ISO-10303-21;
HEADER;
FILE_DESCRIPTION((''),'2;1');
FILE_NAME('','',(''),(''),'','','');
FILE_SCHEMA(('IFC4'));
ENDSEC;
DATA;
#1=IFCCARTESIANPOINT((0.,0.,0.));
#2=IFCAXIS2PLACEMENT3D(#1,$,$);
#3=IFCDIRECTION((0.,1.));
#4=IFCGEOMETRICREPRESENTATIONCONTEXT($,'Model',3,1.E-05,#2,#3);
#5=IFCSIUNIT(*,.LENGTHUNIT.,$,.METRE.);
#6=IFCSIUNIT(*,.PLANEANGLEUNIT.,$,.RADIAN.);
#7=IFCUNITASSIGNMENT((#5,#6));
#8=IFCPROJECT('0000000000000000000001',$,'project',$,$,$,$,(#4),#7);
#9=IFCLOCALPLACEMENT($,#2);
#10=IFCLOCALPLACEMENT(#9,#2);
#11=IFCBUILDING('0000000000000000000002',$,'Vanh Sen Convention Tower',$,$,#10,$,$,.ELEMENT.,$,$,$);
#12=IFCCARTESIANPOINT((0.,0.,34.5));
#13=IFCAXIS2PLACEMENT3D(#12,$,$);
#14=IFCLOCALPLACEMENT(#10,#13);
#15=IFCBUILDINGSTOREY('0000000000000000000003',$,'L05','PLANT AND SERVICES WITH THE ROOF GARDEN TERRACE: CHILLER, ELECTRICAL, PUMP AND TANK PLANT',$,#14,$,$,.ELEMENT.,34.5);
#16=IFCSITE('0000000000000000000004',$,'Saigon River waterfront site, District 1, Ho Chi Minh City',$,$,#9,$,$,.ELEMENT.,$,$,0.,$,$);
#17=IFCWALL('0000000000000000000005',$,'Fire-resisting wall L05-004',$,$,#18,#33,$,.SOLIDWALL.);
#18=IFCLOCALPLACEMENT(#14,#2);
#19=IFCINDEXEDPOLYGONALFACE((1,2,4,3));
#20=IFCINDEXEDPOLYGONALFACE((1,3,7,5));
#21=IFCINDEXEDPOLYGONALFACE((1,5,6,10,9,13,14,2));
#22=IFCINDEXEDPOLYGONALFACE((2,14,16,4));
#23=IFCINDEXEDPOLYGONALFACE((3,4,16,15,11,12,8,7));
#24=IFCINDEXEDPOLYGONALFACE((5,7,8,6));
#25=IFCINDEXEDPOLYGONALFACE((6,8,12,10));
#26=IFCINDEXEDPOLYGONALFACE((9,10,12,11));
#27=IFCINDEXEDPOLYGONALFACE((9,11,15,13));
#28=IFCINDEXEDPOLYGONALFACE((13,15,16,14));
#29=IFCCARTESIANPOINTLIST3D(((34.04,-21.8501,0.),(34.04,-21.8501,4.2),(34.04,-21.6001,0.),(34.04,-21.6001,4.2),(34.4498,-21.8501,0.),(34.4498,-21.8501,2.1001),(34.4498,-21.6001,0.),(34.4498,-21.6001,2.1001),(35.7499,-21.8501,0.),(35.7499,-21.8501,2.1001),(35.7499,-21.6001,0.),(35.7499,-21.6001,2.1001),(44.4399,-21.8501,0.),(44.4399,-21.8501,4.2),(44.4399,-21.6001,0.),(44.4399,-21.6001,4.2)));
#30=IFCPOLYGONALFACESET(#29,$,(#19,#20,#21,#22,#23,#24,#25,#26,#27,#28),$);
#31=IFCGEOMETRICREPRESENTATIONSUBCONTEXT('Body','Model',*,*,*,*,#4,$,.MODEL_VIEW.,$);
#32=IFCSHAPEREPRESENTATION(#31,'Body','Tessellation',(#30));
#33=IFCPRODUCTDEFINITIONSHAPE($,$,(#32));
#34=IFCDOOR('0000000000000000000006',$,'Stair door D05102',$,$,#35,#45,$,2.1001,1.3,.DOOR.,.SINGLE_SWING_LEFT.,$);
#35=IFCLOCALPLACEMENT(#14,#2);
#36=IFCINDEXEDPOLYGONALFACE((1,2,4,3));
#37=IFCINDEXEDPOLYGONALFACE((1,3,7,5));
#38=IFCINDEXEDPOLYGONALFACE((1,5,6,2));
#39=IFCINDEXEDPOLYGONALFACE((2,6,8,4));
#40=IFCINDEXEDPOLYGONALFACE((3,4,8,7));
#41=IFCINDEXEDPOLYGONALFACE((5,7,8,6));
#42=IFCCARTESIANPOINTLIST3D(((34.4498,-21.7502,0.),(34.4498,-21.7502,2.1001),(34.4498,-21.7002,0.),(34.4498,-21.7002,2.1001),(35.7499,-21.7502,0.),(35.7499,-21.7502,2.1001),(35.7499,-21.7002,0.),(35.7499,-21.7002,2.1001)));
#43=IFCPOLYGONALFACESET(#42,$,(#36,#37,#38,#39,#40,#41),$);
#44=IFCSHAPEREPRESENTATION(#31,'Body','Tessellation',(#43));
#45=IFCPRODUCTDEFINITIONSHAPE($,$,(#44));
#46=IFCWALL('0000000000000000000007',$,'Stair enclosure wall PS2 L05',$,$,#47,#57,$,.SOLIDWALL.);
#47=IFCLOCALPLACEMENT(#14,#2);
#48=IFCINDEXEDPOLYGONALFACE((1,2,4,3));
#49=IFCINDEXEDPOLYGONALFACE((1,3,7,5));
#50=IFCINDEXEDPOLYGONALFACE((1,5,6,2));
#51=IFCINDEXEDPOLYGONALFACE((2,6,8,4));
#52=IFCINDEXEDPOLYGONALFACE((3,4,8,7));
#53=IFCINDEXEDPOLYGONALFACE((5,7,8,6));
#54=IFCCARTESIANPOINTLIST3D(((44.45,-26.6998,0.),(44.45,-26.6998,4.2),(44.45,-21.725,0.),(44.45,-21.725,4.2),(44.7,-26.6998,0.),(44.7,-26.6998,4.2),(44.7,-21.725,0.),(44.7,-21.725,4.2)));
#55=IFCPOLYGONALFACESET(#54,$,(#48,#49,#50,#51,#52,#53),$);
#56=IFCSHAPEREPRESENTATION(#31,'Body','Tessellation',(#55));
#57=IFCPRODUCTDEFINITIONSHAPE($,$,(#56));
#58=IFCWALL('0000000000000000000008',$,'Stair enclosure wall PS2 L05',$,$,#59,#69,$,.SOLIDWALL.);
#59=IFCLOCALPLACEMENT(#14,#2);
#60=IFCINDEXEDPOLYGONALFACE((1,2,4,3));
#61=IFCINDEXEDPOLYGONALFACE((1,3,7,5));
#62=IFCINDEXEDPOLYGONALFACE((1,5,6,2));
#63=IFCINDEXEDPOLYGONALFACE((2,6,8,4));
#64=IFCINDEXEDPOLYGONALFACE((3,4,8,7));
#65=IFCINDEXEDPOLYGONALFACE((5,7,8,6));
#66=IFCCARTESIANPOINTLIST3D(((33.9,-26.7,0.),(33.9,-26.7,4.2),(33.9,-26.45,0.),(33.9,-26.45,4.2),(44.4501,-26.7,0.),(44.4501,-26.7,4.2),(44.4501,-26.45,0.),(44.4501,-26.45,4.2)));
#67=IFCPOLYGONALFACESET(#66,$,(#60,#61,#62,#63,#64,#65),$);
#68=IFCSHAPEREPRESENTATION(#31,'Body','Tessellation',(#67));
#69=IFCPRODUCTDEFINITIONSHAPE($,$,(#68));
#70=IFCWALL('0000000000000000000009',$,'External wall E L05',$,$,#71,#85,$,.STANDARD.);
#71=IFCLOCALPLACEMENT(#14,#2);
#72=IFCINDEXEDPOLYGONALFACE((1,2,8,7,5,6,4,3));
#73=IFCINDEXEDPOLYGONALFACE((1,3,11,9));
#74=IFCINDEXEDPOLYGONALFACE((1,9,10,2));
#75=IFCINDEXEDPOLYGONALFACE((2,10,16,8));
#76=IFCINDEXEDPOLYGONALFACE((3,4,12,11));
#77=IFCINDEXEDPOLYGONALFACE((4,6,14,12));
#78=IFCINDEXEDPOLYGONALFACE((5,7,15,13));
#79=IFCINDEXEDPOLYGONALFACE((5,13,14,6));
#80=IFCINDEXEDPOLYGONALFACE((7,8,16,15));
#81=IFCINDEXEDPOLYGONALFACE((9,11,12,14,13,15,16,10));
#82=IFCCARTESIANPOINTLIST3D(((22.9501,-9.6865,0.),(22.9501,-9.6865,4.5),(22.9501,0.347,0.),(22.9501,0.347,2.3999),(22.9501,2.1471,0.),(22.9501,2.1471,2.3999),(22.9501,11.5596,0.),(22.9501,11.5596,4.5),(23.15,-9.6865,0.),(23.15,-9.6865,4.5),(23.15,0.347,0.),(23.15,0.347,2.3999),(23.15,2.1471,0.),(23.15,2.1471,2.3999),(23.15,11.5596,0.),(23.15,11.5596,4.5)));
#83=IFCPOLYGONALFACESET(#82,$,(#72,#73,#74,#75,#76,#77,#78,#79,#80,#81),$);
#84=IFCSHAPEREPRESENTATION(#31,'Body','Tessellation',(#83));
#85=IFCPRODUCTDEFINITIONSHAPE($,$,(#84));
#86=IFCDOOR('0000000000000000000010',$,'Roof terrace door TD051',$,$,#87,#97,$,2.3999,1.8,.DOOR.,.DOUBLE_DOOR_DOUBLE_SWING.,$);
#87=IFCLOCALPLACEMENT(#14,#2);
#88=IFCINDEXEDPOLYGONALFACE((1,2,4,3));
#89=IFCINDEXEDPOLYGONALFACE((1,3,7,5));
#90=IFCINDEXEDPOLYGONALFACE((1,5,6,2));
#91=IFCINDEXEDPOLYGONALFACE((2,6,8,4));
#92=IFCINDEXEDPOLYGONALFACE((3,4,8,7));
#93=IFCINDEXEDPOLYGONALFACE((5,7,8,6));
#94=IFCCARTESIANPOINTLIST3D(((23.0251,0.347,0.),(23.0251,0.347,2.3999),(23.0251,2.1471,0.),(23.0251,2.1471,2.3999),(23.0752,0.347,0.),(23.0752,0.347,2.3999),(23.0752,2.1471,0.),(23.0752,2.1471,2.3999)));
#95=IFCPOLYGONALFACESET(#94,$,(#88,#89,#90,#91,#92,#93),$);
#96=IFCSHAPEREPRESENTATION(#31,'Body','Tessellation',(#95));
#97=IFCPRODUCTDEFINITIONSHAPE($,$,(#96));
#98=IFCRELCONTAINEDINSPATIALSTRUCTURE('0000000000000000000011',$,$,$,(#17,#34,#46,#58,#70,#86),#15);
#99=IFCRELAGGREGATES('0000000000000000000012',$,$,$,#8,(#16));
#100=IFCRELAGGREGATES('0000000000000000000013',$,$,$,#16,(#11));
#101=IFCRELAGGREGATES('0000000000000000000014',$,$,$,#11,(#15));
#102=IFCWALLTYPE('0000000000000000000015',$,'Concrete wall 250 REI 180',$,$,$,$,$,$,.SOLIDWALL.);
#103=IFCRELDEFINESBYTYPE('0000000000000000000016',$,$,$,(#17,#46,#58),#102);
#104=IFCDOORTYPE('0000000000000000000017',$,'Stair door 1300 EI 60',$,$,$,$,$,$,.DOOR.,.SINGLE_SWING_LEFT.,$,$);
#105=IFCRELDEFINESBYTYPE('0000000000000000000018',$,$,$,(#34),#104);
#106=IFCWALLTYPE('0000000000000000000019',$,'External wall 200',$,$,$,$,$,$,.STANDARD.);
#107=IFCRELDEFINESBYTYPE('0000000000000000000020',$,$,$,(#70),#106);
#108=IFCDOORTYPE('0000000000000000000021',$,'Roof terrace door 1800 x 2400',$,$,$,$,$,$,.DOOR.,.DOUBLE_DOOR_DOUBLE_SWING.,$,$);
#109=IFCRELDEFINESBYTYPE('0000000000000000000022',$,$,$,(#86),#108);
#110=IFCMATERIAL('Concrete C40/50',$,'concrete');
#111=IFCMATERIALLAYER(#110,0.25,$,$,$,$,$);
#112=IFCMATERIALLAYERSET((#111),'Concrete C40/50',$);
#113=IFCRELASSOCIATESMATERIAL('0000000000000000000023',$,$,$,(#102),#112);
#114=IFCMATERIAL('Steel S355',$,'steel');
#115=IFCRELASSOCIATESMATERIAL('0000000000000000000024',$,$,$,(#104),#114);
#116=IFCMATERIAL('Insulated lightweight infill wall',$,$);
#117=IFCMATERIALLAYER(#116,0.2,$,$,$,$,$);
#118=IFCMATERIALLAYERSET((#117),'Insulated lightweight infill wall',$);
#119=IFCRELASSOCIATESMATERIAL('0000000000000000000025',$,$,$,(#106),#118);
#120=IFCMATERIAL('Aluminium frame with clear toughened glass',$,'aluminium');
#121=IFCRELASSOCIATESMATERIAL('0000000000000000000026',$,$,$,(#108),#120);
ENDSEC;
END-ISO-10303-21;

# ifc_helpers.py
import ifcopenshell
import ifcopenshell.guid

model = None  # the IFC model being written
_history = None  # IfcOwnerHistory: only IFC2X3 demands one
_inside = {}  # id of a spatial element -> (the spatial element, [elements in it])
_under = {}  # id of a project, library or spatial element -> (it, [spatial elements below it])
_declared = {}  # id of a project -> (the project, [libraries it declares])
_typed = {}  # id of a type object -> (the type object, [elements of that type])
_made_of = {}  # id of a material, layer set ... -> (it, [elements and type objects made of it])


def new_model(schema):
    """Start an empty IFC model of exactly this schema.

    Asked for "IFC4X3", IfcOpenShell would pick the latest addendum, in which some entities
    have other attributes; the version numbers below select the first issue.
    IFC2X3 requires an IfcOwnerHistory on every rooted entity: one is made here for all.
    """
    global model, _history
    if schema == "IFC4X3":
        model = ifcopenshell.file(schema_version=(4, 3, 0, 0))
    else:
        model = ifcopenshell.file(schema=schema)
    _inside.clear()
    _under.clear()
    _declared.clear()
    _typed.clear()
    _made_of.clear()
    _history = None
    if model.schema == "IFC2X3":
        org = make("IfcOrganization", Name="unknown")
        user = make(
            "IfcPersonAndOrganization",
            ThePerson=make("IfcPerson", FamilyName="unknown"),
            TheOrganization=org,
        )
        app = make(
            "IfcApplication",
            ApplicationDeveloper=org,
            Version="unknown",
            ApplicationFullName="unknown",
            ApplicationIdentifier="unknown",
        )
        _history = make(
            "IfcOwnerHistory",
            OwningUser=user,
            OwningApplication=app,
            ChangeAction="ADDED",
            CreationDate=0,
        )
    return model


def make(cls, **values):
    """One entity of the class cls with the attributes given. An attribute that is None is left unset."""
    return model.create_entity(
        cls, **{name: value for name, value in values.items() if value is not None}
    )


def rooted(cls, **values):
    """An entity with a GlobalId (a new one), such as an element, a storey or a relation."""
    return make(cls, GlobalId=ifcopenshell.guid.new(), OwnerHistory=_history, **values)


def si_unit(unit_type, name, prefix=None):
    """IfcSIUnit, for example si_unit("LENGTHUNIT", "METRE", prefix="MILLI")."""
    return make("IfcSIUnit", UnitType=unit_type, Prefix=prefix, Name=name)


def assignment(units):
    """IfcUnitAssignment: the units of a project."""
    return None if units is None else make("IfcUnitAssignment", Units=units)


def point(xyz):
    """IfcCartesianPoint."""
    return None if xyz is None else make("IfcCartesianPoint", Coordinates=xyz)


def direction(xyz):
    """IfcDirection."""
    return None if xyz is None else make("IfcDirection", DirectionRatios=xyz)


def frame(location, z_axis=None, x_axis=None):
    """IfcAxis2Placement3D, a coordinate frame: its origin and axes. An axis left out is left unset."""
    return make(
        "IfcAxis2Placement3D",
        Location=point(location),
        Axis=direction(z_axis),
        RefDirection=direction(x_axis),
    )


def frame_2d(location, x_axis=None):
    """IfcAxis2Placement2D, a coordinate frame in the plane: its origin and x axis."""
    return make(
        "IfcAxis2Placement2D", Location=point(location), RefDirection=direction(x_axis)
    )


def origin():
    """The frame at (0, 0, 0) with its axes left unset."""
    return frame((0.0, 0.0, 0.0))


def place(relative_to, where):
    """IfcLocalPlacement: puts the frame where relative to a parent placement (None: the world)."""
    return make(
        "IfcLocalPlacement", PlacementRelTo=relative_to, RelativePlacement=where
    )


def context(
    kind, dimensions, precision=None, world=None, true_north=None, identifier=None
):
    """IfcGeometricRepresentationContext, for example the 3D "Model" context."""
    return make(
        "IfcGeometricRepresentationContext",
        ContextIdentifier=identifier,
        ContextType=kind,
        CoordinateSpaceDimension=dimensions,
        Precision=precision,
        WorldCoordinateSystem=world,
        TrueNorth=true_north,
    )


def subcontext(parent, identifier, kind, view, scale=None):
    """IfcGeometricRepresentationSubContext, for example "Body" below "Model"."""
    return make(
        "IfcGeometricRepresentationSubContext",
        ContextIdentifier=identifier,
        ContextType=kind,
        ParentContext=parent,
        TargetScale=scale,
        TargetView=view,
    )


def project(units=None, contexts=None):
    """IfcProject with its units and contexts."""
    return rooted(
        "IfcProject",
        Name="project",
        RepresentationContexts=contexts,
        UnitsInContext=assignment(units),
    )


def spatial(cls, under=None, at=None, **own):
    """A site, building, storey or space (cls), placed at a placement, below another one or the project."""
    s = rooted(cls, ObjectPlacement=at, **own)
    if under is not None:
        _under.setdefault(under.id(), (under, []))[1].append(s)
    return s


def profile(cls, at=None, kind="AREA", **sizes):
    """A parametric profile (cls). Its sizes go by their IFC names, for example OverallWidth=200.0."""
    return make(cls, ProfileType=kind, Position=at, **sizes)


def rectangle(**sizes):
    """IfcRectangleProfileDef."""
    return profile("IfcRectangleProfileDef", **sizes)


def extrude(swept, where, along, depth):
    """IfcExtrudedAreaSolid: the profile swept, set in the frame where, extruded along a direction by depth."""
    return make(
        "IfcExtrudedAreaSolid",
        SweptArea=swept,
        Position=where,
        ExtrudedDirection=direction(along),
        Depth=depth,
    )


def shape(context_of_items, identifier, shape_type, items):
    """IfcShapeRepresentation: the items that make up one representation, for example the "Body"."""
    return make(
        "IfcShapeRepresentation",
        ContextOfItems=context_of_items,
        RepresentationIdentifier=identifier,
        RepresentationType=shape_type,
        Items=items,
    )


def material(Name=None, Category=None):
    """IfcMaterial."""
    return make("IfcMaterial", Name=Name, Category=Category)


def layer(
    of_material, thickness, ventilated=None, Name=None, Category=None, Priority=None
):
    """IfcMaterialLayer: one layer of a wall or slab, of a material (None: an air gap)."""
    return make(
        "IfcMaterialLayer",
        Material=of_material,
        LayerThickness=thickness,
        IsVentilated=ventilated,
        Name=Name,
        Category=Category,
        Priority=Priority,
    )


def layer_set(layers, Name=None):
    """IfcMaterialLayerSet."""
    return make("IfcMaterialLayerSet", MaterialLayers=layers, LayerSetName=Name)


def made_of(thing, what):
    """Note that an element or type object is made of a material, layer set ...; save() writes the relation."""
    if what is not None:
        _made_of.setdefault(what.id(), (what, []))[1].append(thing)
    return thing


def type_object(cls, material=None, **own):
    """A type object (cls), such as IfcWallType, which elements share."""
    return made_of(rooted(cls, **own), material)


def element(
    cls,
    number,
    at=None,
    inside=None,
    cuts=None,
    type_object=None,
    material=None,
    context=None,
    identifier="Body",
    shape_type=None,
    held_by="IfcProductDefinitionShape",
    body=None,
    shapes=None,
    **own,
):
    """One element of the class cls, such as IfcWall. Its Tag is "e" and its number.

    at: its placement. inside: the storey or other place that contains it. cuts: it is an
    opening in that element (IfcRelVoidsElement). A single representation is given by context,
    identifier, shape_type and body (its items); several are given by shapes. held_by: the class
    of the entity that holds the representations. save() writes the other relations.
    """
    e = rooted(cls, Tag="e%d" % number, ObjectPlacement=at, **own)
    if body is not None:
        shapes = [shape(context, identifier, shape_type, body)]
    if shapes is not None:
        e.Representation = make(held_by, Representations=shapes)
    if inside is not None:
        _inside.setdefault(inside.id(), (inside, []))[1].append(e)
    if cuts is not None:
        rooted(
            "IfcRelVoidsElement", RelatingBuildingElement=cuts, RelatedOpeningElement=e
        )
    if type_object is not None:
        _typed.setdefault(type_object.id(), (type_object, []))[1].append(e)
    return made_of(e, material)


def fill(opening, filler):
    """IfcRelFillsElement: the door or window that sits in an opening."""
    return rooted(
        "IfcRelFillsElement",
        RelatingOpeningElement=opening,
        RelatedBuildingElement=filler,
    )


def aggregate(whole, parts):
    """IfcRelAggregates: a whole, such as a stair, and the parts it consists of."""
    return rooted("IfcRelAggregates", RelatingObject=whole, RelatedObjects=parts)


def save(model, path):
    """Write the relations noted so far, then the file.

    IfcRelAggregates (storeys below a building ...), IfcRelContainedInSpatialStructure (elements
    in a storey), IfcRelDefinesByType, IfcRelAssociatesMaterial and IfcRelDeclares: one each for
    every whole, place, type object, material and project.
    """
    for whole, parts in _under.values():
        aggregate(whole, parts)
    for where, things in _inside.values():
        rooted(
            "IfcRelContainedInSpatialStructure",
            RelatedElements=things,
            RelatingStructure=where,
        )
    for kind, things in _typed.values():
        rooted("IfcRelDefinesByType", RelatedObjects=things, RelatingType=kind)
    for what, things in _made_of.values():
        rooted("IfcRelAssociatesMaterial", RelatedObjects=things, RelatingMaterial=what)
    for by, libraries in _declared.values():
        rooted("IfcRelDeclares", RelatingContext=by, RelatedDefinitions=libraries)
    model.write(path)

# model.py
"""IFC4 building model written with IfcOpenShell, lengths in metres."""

from ifc_helpers import new_model, si_unit, direction, frame, frame_2d, origin, place, context, subcontext, project, spatial, rectangle, extrude, material, layer, layer_set, type_object, element, fill, save


model = new_model("IFC4")

# Units and contexts
model_context = context("Model", 3, precision=1e-05, world=origin(), true_north=direction((0.0, 1.0)))
body_context = subcontext(model_context, "Body", "Model", "MODEL_VIEW")
ifc_project = project(units=[si_unit("LENGTHUNIT", "METRE"), si_unit("PLANEANGLEUNIT", "RADIAN")], contexts=[model_context])

# Site, building, storey
site_placement = place(None, origin())
site = spatial("IfcSite", under=ifc_project, at=site_placement, Name="Saigon River waterfront site, District 1, Ho Chi Minh City", CompositionType="ELEMENT", RefElevation=0.0)
building_placement = place(site_placement, origin())
building = spatial("IfcBuilding", under=site, at=building_placement, Name="Vanh Sen Convention Tower", CompositionType="ELEMENT")
storey_placement = place(building_placement, frame((0.0, 0.0, 34.5)))
storey = spatial("IfcBuildingStorey", under=building, at=storey_placement, Name="L05", Description="PLANT AND SERVICES WITH THE ROOF GARDEN TERRACE: CHILLER, ELECTRICAL, PUMP AND TANK PLANT", CompositionType="ELEMENT", Elevation=34.5)

# Shared definitions
ifc_material_1 = material(Name="Concrete C40/50", Category="concrete")
ifc_layer_1 = layer(ifc_material_1, 0.25)
ifc_layer_set_1 = layer_set([ifc_layer_1], Name="Concrete C40/50")
wall_type_1 = type_object("IfcWallType", Name="Concrete wall 250 REI 180", PredefinedType="SOLIDWALL", material=ifc_layer_set_1)

# Wall, opening, door
wall_1_placement = place(storey_placement, frame((34.04, -21.7251, 0.0), z_axis=(0.0, 0.0, 1.0), x_axis=(1.0, 0.0, 0.0)))
wall_1 = element("IfcWall", 1, at=wall_1_placement, inside=storey, type_object=wall_type_1, Name="Fire-resisting wall L05-004", PredefinedType="SOLIDWALL", context=body_context, shape_type="SweptSolid", body=[
    extrude(rectangle(XDim=10.3999, YDim=0.25, at=frame_2d((5.2, 0.0))), origin(), (0.0, 0.0, 1.0), 4.2),
])
opening_1_placement = place(wall_1_placement, frame((0.4099, 0.0, 0.0)))
opening_1 = element("IfcOpeningElement", 2, at=opening_1_placement, cuts=wall_1, PredefinedType="OPENING", context=body_context, shape_type="SweptSolid", body=[
    extrude(rectangle(XDim=1.3, YDim=2.1001, at=frame_2d((0.6499, 1.05))), frame((0.0, 0.135, 0.0), z_axis=(0.0, -1.0, 0.0), x_axis=(1.0, 0.0, 0.0)), (0.0, 0.0, 1.0), 0.27),
])
ifc_material_2 = material(Name="Steel S355", Category="steel")
door_type_1 = type_object("IfcDoorType", Name="Stair door 1300 EI 60", OperationType="SINGLE_SWING_LEFT", PredefinedType="DOOR", material=ifc_material_2)
door_1_placement = place(opening_1_placement, origin())
door_1 = element("IfcDoor", 3, at=door_1_placement, inside=storey, type_object=door_type_1, Name="Stair door D05102", OperationType="SINGLE_SWING_LEFT", OverallHeight=2.1001, OverallWidth=1.3, PredefinedType="DOOR", context=body_context, shape_type="SweptSolid", body=[
    extrude(rectangle(XDim=1.3, YDim=2.1001, at=frame_2d((0.6499, 1.05))), frame((0.0, 0.0249, 0.0), z_axis=(0.0, -1.0, 0.0), x_axis=(1.0, 0.0, 0.0)), (0.0, 0.0, 1.0), 0.05),
])
fill(opening_1, door_1)

# Walls
wall_2_placement = place(storey_placement, frame((44.575, -21.7251, 0.0), z_axis=(0.0, 0.0, 1.0), x_axis=(0.0, -1.0, 0.0)))
element("IfcWall", 4, at=wall_2_placement, inside=storey, type_object=wall_type_1, Name="Stair enclosure wall PS2 L05", PredefinedType="SOLIDWALL", context=body_context, shape_type="SweptSolid", body=[
    extrude(rectangle(XDim=4.9749, YDim=0.25, at=frame_2d((2.4873, 0.0))), origin(), (0.0, 0.0, 1.0), 4.2),
])
wall_3_placement = place(storey_placement, frame((44.45, -26.575, 0.0), z_axis=(0.0, 0.0, 1.0), x_axis=(-1.0, 0.0, 0.0)))
element("IfcWall", 5, at=wall_3_placement, inside=storey, type_object=wall_type_1, Name="Stair enclosure wall PS2 L05", PredefinedType="SOLIDWALL", context=body_context, shape_type="SweptSolid", body=[
    extrude(rectangle(XDim=10.55, YDim=0.25, at=frame_2d((5.2749, 0.0))), origin(), (0.0, 0.0, 1.0), 4.2),
])

# Wall, opening, door
ifc_material_3 = material(Name="Insulated lightweight infill wall")
ifc_layer_2 = layer(ifc_material_3, 0.2)
ifc_layer_set_2 = layer_set([ifc_layer_2], Name="Insulated lightweight infill wall")
wall_type_2 = type_object("IfcWallType", Name="External wall 200", PredefinedType="STANDARD", material=ifc_layer_set_2)
wall_4_placement = place(storey_placement, frame((23.05, -9.6865, 0.0), z_axis=(0.0, 0.0, 1.0), x_axis=(0.0, 1.0, 0.0)))
wall_4 = element("IfcWall", 6, at=wall_4_placement, inside=storey, type_object=wall_type_2, Name="External wall E L05", PredefinedType="STANDARD", context=body_context, shape_type="SweptSolid", body=[
    extrude(rectangle(XDim=21.2461, YDim=0.2, at=frame_2d((10.623, 0.0))), origin(), (0.0, 0.0, 1.0), 4.5),
])
opening_2_placement = place(wall_4_placement, frame((10.0337, 0.0, 0.0)))
opening_2 = element("IfcOpeningElement", 7, at=opening_2_placement, cuts=wall_4, PredefinedType="OPENING", context=body_context, shape_type="SweptSolid", body=[
    extrude(rectangle(XDim=1.8, YDim=2.3999, at=frame_2d((0.8999, 1.2))), frame((0.0, 0.1099, 0.0), z_axis=(0.0, -1.0, 0.0), x_axis=(1.0, 0.0, 0.0)), (0.0, 0.0, 1.0), 0.22),
])
ifc_material_4 = material(Name="Aluminium frame with clear toughened glass", Category="aluminium")
door_type_2 = type_object("IfcDoorType", Name="Roof terrace door 1800 x 2400", OperationType="DOUBLE_DOOR_DOUBLE_SWING", PredefinedType="DOOR", material=ifc_material_4)
door_2_placement = place(opening_2_placement, origin())
door_2 = element("IfcDoor", 8, at=door_2_placement, inside=storey, type_object=door_type_2, Name="Roof terrace door TD051", OperationType="DOUBLE_DOOR_DOUBLE_SWING", OverallHeight=2.3999, OverallWidth=1.8, PredefinedType="DOOR", context=body_context, shape_type="SweptSolid", body=[
    extrude(rectangle(XDim=1.8, YDim=2.3999, at=frame_2d((0.8999, 1.2))), frame((0.0, 0.0249, 0.0), z_axis=(0.0, -1.0, 0.0), x_axis=(1.0, 0.0, 0.0)), (0.0, 0.0, 1.0), 0.05),
])
fill(opening_2, door_2)

save(model, "model.ifc")
